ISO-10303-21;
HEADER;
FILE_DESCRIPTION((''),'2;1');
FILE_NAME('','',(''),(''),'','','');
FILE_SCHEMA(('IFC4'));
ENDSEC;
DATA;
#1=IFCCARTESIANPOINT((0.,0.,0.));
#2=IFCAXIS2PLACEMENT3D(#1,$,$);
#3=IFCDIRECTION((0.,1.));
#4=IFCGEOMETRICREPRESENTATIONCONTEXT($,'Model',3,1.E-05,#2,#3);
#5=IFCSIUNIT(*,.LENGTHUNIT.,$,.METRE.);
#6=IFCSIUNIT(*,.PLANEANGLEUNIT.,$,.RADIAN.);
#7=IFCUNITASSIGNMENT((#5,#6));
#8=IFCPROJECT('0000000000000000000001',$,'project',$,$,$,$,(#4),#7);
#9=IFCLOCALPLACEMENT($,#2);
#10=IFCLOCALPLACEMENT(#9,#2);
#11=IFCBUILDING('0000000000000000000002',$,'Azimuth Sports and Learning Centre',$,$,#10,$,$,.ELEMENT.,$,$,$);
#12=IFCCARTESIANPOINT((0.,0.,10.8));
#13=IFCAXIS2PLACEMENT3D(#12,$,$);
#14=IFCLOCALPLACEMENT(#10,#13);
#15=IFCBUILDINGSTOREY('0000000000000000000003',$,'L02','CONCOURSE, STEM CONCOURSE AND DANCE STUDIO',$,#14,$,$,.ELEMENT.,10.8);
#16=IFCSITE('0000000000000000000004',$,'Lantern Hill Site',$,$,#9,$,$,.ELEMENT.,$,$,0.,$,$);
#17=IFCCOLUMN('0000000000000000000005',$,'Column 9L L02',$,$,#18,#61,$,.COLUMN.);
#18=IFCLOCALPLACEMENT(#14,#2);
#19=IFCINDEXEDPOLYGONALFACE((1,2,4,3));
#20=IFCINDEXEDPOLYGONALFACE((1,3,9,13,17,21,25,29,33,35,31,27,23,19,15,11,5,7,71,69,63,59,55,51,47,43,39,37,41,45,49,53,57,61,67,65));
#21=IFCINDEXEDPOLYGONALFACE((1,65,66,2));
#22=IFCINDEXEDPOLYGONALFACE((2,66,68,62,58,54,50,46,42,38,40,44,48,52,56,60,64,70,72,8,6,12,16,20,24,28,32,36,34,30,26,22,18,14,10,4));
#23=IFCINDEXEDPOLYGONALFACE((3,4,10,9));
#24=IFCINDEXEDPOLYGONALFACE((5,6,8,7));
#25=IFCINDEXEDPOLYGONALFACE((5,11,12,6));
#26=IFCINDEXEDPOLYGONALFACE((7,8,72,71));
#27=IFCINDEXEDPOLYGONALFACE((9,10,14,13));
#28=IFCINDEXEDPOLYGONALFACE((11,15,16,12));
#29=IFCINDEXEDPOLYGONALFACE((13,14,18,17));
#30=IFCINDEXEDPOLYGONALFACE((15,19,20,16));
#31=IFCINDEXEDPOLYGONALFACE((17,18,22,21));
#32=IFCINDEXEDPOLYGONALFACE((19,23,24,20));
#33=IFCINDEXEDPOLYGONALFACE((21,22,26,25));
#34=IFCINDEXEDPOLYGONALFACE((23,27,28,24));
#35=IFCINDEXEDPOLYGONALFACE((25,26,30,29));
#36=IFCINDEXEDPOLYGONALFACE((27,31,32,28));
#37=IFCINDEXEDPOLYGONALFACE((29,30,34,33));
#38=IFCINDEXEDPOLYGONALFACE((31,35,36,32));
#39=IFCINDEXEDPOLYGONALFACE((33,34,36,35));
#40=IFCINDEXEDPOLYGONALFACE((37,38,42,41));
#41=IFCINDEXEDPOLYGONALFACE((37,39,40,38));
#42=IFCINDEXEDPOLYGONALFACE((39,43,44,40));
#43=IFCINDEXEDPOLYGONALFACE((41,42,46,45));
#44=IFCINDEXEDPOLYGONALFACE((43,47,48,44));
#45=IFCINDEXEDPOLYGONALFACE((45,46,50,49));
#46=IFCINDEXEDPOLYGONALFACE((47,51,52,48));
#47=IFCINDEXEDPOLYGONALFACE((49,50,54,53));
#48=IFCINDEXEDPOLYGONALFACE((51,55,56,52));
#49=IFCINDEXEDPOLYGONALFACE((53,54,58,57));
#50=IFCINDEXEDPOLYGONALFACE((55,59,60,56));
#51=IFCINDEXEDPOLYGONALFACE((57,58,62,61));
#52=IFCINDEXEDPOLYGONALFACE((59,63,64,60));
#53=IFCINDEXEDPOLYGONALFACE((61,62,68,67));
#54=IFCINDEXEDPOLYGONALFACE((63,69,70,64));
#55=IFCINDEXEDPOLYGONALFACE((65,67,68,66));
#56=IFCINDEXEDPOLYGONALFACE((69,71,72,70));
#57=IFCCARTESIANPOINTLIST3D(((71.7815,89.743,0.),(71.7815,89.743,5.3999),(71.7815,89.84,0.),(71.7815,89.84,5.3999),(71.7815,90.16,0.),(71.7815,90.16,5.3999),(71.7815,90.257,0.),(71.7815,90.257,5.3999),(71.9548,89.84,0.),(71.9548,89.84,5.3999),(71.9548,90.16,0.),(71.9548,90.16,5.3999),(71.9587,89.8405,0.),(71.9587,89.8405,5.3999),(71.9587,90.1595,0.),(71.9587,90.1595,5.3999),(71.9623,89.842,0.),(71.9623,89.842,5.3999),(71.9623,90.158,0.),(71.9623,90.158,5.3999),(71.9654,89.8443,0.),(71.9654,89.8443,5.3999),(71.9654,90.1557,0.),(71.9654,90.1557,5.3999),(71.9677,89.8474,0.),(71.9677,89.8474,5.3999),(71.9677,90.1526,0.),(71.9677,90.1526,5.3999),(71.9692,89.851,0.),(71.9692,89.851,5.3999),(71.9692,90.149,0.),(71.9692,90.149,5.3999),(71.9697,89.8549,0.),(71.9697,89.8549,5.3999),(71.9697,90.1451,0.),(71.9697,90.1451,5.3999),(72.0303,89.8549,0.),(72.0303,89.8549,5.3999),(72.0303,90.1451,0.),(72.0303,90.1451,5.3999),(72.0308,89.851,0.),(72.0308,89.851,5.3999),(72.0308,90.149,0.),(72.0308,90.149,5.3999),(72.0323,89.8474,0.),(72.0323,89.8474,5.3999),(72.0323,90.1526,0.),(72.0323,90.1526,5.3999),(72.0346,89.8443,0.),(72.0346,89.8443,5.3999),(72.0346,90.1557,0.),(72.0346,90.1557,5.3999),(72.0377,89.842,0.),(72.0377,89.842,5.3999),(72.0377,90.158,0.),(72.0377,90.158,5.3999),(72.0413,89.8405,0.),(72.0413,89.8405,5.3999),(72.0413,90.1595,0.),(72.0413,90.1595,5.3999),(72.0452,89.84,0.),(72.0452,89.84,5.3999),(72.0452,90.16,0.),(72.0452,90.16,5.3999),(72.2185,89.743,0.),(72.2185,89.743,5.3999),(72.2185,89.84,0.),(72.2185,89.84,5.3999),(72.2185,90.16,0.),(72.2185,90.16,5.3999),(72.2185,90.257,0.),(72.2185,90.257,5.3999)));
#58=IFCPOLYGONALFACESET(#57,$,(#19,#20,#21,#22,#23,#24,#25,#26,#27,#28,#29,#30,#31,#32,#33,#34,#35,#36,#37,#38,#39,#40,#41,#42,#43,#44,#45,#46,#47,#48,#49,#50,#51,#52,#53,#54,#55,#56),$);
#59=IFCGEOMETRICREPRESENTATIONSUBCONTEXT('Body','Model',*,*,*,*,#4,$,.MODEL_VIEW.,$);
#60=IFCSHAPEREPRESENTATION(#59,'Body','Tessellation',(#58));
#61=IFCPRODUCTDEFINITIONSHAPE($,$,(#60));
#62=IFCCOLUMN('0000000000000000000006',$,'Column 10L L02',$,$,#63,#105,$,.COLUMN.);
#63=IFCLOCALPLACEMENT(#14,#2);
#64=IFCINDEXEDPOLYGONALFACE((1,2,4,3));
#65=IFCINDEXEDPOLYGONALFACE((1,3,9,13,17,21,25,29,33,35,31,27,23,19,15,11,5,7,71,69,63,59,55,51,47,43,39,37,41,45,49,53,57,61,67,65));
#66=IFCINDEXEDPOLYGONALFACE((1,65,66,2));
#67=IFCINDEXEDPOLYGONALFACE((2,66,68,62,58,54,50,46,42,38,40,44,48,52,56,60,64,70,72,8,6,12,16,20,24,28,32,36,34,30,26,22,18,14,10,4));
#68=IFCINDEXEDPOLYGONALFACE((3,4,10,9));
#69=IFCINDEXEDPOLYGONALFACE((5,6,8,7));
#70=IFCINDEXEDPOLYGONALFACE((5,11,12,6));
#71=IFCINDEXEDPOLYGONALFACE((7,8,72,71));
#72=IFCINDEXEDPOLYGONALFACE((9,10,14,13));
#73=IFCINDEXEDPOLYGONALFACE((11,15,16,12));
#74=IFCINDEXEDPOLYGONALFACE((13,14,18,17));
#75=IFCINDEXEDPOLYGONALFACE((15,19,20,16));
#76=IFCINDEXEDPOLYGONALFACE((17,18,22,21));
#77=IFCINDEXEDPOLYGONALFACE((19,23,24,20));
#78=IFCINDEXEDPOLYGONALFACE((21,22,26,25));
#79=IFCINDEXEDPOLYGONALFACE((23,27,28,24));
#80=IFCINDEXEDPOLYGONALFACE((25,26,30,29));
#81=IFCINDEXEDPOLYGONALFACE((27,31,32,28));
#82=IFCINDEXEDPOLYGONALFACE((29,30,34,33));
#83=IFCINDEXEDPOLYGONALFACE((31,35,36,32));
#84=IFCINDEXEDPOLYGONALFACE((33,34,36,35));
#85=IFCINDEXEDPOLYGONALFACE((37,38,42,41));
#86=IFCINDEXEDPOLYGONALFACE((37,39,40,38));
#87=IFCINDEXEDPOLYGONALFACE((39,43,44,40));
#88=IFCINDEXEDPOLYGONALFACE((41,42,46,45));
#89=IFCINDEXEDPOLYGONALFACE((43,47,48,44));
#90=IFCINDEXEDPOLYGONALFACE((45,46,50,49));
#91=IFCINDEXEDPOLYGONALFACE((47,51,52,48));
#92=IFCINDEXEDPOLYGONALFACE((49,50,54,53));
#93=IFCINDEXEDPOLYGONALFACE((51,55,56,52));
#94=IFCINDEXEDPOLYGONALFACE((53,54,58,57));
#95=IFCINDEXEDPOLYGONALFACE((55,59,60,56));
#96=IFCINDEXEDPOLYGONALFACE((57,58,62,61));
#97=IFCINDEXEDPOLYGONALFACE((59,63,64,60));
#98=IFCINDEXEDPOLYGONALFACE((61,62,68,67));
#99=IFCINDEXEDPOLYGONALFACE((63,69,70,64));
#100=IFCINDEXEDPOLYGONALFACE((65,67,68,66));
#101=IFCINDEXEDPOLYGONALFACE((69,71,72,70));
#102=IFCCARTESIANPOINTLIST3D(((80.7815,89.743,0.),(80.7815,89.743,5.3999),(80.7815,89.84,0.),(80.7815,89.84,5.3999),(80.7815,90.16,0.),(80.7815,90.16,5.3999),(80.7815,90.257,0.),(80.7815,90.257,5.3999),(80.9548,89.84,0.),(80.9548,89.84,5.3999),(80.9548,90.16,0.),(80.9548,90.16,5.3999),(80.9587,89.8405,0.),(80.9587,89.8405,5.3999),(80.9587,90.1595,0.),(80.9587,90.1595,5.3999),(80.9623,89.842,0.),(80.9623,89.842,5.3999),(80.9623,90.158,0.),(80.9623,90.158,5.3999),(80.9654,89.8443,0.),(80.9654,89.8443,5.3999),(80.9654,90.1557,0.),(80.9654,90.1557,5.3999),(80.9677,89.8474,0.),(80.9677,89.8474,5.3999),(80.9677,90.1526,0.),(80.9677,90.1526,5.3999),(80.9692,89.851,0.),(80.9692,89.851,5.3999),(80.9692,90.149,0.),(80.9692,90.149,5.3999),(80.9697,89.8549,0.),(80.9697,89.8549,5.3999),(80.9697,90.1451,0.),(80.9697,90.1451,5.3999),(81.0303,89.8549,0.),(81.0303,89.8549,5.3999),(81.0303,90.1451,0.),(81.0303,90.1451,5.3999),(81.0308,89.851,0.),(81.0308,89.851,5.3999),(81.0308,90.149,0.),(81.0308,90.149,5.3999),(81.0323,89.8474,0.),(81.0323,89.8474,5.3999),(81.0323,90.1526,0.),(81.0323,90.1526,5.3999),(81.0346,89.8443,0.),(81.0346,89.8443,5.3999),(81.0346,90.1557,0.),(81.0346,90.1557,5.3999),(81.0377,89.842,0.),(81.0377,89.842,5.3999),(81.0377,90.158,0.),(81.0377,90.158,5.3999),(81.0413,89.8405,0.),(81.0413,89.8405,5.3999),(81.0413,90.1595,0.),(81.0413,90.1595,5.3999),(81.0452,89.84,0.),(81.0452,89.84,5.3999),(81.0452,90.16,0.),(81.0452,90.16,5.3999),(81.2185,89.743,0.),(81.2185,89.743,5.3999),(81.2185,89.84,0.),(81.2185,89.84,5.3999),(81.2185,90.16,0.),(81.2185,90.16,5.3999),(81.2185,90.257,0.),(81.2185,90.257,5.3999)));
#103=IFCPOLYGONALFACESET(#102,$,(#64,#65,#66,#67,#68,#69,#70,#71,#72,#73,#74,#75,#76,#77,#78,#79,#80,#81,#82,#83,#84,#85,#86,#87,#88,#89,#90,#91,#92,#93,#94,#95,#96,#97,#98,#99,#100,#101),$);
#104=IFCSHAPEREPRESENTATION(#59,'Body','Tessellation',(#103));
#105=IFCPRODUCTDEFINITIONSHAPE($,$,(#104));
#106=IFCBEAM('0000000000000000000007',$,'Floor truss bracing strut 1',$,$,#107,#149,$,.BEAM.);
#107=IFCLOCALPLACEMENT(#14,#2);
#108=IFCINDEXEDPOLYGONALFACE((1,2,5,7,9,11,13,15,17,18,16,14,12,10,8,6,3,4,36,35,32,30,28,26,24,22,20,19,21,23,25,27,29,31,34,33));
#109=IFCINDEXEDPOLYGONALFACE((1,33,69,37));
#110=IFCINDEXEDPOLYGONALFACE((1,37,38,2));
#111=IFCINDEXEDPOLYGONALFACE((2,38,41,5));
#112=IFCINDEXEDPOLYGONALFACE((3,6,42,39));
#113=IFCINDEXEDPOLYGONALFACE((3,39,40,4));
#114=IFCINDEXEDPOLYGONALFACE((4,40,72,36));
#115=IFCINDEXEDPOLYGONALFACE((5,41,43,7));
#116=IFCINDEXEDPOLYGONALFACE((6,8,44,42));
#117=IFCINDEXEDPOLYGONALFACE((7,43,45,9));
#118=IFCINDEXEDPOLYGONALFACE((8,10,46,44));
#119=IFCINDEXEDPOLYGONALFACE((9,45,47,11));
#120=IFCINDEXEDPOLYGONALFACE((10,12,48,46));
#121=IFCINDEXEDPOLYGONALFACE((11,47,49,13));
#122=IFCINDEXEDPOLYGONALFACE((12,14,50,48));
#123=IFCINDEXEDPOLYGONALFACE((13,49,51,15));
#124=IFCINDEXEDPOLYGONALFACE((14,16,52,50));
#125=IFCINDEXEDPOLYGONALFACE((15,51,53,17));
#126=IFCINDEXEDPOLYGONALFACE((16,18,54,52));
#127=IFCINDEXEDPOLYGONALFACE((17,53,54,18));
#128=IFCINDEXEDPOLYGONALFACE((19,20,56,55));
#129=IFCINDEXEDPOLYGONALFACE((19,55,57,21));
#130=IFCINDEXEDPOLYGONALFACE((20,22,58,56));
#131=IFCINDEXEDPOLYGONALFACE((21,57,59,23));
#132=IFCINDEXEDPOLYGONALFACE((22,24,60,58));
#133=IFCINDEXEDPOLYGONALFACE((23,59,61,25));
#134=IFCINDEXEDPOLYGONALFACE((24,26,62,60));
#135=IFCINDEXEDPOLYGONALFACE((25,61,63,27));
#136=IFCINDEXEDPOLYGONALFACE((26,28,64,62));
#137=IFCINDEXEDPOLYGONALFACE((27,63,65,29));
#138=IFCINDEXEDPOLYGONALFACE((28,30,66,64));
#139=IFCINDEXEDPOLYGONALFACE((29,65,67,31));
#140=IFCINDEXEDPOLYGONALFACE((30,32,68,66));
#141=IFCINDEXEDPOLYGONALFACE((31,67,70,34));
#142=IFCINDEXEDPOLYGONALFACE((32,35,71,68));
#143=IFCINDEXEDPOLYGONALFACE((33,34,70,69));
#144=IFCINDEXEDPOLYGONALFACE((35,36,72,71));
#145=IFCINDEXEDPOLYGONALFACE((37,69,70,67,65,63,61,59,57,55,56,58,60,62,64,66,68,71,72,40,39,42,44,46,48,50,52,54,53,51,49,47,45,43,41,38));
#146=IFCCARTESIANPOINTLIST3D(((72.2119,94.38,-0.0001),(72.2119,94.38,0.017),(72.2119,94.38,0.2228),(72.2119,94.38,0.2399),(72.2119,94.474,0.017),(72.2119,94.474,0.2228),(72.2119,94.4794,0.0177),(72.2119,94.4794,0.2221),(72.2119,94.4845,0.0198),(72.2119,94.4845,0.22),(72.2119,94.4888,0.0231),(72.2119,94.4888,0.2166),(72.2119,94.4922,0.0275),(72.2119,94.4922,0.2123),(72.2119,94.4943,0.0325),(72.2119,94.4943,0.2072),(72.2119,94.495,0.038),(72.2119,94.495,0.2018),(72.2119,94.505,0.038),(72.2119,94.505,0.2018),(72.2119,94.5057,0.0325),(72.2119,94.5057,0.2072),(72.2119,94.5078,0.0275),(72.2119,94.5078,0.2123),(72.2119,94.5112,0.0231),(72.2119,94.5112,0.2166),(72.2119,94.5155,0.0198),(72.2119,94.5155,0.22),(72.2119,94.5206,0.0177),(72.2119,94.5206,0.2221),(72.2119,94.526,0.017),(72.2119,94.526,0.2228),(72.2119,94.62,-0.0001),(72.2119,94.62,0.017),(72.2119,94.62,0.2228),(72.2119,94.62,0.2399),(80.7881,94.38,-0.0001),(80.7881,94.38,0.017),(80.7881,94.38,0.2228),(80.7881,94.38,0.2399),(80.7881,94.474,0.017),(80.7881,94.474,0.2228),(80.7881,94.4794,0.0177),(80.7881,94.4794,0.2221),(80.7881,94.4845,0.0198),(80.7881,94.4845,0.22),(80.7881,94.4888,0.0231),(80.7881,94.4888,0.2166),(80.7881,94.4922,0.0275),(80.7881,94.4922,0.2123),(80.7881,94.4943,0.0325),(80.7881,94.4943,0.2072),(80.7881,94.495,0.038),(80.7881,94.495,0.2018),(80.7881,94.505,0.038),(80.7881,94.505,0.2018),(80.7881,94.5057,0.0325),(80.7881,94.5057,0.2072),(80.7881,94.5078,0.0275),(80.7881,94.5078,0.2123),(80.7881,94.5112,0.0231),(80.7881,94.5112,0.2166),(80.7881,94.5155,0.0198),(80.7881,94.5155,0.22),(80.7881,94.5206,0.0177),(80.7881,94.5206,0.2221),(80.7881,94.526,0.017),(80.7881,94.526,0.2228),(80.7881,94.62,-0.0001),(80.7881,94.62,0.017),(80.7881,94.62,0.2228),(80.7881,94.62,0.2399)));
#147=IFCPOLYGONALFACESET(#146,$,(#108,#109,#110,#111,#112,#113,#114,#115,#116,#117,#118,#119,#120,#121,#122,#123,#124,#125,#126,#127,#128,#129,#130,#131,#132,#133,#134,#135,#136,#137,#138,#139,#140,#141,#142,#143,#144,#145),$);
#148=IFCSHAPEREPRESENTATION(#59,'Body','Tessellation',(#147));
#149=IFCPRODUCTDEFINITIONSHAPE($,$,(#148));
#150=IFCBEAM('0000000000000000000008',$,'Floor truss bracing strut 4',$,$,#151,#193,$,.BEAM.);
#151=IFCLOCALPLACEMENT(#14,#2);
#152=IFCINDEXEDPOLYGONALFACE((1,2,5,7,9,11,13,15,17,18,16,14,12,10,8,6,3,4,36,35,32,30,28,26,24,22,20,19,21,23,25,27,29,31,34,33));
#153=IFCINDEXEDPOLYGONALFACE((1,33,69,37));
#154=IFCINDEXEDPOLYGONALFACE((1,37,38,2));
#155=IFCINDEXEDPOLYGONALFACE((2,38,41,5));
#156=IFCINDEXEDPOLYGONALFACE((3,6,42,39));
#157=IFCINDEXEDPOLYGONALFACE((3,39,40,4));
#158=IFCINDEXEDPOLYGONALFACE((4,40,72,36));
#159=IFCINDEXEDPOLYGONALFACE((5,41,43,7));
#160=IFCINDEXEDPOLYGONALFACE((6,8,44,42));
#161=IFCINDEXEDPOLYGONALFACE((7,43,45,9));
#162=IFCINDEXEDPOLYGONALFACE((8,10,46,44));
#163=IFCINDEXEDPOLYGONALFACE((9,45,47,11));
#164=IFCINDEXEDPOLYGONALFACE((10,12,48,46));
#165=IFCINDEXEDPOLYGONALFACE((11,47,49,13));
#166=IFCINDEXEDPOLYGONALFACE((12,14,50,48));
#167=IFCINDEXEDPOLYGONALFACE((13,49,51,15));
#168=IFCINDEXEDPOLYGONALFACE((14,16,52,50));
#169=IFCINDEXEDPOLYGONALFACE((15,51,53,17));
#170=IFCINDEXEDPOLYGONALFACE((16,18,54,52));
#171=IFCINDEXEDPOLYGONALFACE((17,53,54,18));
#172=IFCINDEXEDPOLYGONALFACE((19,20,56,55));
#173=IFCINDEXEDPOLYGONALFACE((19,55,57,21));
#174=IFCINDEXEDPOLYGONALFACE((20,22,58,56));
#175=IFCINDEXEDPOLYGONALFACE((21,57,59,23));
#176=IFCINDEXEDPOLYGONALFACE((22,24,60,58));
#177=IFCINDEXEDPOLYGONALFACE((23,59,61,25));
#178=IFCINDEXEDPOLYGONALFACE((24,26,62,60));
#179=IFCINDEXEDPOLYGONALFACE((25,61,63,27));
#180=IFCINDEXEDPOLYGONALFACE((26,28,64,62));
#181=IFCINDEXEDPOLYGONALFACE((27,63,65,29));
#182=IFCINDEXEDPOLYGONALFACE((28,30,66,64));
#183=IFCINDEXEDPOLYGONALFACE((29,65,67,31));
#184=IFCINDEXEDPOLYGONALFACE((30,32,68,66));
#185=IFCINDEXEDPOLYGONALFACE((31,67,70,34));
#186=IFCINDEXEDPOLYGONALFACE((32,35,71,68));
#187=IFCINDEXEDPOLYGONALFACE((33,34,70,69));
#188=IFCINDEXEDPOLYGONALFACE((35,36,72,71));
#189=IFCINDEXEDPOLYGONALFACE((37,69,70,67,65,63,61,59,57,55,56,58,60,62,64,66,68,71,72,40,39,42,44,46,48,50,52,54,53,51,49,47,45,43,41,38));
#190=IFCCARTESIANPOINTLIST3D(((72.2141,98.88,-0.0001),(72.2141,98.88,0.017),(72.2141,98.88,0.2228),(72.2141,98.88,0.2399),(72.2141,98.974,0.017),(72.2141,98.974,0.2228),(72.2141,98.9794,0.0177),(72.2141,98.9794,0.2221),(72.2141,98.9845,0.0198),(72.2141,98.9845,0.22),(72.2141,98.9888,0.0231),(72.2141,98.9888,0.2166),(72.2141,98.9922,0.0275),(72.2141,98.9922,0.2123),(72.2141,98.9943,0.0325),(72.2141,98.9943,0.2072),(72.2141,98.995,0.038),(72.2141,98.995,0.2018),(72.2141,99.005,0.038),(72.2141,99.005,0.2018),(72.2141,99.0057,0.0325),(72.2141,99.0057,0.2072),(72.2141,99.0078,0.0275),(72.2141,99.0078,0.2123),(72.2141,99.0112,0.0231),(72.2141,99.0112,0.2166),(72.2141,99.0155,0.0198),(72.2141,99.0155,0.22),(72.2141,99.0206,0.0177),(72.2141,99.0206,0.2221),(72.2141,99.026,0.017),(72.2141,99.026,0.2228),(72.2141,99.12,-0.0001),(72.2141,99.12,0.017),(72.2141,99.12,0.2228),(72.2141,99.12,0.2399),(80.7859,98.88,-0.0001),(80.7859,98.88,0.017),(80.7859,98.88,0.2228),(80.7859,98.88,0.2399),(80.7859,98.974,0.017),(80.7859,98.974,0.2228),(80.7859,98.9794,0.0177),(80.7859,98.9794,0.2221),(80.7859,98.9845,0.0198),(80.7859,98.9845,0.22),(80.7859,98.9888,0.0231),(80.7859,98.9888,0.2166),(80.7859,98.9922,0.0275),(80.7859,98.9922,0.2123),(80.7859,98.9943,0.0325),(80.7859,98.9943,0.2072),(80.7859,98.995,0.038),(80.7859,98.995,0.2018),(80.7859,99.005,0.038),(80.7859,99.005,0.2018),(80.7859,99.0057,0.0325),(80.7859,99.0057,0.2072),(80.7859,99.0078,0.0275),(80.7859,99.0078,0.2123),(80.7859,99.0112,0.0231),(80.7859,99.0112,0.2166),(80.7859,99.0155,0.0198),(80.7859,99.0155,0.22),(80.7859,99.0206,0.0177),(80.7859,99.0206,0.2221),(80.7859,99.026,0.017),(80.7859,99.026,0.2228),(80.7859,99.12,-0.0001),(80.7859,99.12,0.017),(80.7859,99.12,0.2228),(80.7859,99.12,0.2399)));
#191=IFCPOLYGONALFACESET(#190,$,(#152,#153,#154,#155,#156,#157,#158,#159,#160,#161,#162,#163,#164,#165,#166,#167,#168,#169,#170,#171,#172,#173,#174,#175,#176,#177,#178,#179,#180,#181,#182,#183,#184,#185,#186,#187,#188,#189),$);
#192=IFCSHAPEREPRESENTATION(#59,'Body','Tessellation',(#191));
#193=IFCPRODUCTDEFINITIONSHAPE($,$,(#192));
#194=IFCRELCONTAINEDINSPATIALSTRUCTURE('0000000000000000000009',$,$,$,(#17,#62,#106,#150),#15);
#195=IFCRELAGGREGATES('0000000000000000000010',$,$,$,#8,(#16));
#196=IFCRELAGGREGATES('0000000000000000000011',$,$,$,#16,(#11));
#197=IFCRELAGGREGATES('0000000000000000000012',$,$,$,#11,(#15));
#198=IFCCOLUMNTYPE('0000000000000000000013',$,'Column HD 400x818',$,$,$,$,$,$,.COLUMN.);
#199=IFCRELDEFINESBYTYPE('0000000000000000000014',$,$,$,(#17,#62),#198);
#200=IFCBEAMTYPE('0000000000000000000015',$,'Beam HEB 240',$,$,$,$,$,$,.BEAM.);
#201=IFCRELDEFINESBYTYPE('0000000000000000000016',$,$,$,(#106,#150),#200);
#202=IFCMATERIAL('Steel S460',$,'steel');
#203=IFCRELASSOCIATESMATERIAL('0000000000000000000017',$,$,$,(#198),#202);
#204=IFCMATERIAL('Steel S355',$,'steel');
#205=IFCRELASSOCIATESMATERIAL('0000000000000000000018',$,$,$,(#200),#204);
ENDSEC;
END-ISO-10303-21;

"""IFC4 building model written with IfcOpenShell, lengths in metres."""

from ifc_helpers import new_model, si_unit, direction, frame, origin, origin_2d, place, context, subcontext, project, spatial, i_section, extrude, material, material_profile, profile_set, type_object, element, save


model = new_model("IFC4")

# Units and contexts
model_context = context("Model", 3, precision=1e-05, world=origin(), true_north=direction((0.0, 1.0)))
body_context = subcontext(model_context, "Body", "Model", "MODEL_VIEW")
ifc_project = project(units=[si_unit("LENGTHUNIT", "METRE"), si_unit("PLANEANGLEUNIT", "RADIAN")], contexts=[model_context])

# Site, building, storey
site_placement = place(None, origin())
site = spatial("IfcSite", under=ifc_project, at=site_placement, Name="Lantern Hill Site", CompositionType="ELEMENT", RefElevation=0.0)
building_placement = place(site_placement, origin())
building = spatial("IfcBuilding", under=site, at=building_placement, Name="Azimuth Sports and Learning Centre", CompositionType="ELEMENT")
storey_placement = place(building_placement, frame((0.0, 0.0, 10.8)))
storey = spatial("IfcBuildingStorey", under=building, at=storey_placement, Name="L02", Description="CONCOURSE, STEM CONCOURSE AND DANCE STUDIO", CompositionType="ELEMENT", Elevation=10.8)

# Columns
ifc_material_1 = material(Name="Steel S460", Category="steel")
ifc_material_profile_1 = material_profile(ifc_material_1, i_section(OverallWidth=0.437, OverallDepth=0.5139, WebThickness=0.0605, FlangeThickness=0.0969, FilletRadius=0.0149, at=origin_2d()), Name="HD 400x818")
ifc_profile_set_1 = profile_set([ifc_material_profile_1], Name="Steel S460")
column_type = type_object("IfcColumnType", Name="Column HD 400x818", PredefinedType="COLUMN", material=ifc_profile_set_1)
for number, where, z_axis, x_axis, name in (
    (1, (72.0, 90.0, 0.0), (0.0, 0.0, 1.0), (1.0, 0.0, 0.0), "Column 9L L02"),
    (2, (81.0, 90.0, 0.0), (0.0, 0.0, 1.0), (1.0, 0.0, 0.0), "Column 10L L02"),
):
    element("IfcColumn", number, at=place(storey_placement, frame(where, z_axis=z_axis, x_axis=x_axis)), inside=storey, type_object=column_type, Name=name, PredefinedType="COLUMN", context=body_context, shape_type="SweptSolid", body=[
        extrude(i_section(OverallWidth=0.437, OverallDepth=0.5139, WebThickness=0.0605, FlangeThickness=0.0969, FilletRadius=0.0149, at=origin_2d()), origin(), (0.0, 0.0, 1.0), 5.3999),
    ])

# Beams
ifc_material_2 = material(Name="Steel S355", Category="steel")
ifc_material_profile_2 = material_profile(ifc_material_2, i_section(OverallWidth=0.24, OverallDepth=0.24, WebThickness=0.01, FlangeThickness=0.0171, FilletRadius=0.021, at=origin_2d()), Name="HEB 240")
ifc_profile_set_2 = profile_set([ifc_material_profile_2], Name="Steel S355")
beam_type_1 = type_object("IfcBeamType", Name="Beam HEB 240", PredefinedType="BEAM", material=ifc_profile_set_2)
beam_1_placement = place(storey_placement, frame((72.2119, 94.5, 0.1199), z_axis=(1.0, 0.0, 0.0), x_axis=(0.0, 1.0, 0.0)))
element("IfcBeam", 3, at=beam_1_placement, inside=storey, type_object=beam_type_1, Name="Floor truss bracing strut 1", PredefinedType="BEAM", context=body_context, shape_type="SweptSolid", body=[
    extrude(i_section(OverallWidth=0.24, OverallDepth=0.24, WebThickness=0.01, FlangeThickness=0.0171, FilletRadius=0.021, at=origin_2d()), origin(), (0.0, 0.0, 1.0), 8.5762),
])
beam_2_placement = place(storey_placement, frame((72.2141, 99.0, 0.1199), z_axis=(1.0, 0.0, 0.0), x_axis=(0.0, 1.0, 0.0)))
element("IfcBeam", 4, at=beam_2_placement, inside=storey, type_object=beam_type_1, Name="Floor truss bracing strut 4", PredefinedType="BEAM", context=body_context, shape_type="SweptSolid", body=[
    extrude(i_section(OverallWidth=0.24, OverallDepth=0.24, WebThickness=0.01, FlangeThickness=0.0171, FilletRadius=0.021, at=origin_2d()), origin(), (0.0, 0.0, 1.0), 8.5718),
])

save(model, "model.ifc")
